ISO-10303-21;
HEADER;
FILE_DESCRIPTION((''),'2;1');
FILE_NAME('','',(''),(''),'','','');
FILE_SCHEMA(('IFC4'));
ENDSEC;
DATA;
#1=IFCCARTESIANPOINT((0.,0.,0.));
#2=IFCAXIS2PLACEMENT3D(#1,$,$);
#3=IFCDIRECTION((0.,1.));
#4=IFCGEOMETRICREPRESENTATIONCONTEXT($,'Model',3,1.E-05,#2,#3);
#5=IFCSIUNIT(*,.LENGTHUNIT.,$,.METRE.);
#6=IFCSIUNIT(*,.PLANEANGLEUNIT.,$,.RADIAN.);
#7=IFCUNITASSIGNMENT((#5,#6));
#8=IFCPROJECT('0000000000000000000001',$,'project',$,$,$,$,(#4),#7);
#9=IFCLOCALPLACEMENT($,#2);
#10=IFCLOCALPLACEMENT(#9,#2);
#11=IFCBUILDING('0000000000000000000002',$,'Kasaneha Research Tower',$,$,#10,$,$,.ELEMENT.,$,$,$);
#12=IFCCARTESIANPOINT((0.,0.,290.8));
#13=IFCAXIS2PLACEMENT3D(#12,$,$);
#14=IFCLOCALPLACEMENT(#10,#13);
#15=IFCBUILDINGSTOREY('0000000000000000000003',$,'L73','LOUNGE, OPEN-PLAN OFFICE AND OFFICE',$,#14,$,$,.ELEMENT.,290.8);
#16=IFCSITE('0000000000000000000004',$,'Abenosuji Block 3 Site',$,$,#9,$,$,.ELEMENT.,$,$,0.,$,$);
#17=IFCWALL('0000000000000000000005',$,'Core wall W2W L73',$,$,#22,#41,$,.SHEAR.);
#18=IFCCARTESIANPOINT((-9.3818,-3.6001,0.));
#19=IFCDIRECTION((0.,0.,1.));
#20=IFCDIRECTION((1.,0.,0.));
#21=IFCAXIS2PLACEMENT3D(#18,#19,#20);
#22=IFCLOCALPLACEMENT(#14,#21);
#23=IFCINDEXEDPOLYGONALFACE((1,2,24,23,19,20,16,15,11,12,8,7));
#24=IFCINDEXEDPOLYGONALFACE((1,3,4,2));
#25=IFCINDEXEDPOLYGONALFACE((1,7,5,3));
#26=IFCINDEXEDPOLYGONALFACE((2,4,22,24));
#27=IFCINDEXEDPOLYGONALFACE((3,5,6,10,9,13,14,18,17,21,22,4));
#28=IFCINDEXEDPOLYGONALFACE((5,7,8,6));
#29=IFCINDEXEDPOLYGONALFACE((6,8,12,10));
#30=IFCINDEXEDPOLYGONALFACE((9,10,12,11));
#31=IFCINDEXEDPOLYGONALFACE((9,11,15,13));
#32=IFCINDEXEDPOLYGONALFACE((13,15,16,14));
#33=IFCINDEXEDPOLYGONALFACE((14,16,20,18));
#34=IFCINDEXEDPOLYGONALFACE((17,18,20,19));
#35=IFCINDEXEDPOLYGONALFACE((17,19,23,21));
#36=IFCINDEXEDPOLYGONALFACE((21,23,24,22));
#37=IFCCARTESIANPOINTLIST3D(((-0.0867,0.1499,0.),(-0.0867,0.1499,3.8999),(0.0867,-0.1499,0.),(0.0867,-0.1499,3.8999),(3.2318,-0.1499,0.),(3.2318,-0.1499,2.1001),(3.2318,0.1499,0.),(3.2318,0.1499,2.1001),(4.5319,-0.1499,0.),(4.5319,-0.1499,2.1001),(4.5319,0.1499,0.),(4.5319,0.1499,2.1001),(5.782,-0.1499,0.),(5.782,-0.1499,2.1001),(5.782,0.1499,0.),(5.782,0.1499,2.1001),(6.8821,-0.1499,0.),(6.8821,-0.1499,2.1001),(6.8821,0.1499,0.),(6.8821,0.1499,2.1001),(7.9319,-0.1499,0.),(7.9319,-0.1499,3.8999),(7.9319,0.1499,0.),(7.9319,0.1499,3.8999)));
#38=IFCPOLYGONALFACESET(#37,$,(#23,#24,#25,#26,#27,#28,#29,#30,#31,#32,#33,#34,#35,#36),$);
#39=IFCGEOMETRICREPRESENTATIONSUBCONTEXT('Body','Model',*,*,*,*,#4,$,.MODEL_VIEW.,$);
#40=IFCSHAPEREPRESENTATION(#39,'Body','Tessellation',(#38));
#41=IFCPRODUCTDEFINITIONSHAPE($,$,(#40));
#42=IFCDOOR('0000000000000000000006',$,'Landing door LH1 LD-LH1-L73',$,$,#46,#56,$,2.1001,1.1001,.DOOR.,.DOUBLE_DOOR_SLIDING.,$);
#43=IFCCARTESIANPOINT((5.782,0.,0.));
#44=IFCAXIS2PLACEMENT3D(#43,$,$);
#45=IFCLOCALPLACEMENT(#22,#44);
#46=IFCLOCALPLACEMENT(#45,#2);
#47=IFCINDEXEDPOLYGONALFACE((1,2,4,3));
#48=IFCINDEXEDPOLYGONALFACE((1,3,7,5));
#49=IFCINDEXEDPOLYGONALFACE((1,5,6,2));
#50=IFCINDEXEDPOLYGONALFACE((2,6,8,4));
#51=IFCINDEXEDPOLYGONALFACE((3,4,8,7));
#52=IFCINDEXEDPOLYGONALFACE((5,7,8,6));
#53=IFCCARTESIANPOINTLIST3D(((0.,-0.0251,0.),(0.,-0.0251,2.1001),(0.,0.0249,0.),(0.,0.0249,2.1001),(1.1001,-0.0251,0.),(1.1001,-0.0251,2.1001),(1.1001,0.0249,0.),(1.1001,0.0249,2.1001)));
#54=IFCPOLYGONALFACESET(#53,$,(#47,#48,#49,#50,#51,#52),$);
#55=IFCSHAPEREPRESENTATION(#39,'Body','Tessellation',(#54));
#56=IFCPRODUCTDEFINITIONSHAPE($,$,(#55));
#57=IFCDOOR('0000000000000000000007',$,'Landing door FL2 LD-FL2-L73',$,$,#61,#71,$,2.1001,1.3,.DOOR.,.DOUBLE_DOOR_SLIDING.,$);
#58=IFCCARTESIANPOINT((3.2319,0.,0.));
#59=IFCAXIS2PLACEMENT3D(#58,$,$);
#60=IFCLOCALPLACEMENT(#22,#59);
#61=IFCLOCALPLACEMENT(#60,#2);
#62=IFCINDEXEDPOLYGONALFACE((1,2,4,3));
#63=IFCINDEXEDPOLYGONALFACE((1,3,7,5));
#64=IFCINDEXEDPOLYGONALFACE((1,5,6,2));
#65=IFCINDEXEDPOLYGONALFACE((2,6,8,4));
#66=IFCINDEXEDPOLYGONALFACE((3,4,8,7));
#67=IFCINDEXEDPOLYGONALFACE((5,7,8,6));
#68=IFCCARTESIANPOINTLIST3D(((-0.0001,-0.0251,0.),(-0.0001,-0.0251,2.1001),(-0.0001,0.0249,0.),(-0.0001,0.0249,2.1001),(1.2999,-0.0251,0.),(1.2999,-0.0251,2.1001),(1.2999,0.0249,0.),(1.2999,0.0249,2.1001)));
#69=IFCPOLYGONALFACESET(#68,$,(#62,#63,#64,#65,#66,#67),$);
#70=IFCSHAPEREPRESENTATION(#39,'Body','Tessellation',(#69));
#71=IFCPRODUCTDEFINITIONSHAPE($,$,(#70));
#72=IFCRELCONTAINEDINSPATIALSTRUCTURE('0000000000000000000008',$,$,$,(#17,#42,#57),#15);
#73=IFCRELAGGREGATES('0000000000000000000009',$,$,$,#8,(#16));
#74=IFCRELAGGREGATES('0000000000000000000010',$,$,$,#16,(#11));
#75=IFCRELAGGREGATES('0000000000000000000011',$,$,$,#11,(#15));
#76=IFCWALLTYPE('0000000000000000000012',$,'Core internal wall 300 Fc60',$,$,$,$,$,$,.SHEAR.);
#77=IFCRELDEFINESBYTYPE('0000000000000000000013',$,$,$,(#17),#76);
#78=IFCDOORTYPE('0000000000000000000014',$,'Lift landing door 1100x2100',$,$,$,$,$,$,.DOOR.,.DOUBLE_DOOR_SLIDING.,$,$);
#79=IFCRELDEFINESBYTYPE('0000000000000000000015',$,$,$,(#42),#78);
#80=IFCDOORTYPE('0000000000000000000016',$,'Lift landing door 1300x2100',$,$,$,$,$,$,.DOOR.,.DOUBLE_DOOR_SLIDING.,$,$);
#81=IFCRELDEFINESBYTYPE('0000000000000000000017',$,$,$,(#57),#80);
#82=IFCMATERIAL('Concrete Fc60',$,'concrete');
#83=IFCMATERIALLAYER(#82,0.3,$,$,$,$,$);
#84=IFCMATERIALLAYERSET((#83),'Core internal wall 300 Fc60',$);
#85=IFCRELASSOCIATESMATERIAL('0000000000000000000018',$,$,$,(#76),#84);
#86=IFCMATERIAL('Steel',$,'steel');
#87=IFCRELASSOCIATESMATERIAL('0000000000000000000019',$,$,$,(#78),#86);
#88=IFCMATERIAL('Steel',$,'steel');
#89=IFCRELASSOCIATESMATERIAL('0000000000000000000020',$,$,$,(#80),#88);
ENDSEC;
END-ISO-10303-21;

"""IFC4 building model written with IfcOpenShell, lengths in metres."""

from ifc_helpers import new_model, si_unit, direction, frame, frame_2d, origin, place, context, subcontext, project, spatial, polyline, rectangle, outline, extrude, material, layer, layer_set, type_object, element, fill, save


model = new_model("IFC4")

# Units and contexts
model_context = context("Model", 3, precision=1e-05, world=origin(), true_north=direction((0.0, 1.0)))
body_context = subcontext(model_context, "Body", "Model", "MODEL_VIEW")
ifc_project = project(units=[si_unit("LENGTHUNIT", "METRE"), si_unit("PLANEANGLEUNIT", "RADIAN")], contexts=[model_context])

# Site, building, storey
site_placement = place(None, origin())
site = spatial("IfcSite", under=ifc_project, at=site_placement, Name="Abenosuji Block 3 Site", CompositionType="ELEMENT", RefElevation=0.0)
building_placement = place(site_placement, origin())
building = spatial("IfcBuilding", under=site, at=building_placement, Name="Kasaneha Research Tower", CompositionType="ELEMENT")
storey_placement = place(building_placement, frame((0.0, 0.0, 290.8)))
storey = spatial("IfcBuildingStorey", under=building, at=storey_placement, Name="L73", Description="LOUNGE, OPEN-PLAN OFFICE AND OFFICE", CompositionType="ELEMENT", Elevation=290.8)

# Wall, openings, doors
ifc_material_1 = material(Name="Concrete Fc60", Category="concrete")
ifc_layer_1 = layer(ifc_material_1, 0.3)
ifc_layer_set_1 = layer_set([ifc_layer_1], Name="Core internal wall 300 Fc60")
wall_type_1 = type_object("IfcWallType", Name="Core internal wall 300 Fc60", PredefinedType="SHEAR", material=ifc_layer_set_1)
wall_1_placement = place(storey_placement, frame((-9.3818, -3.6001, 0.0), z_axis=(0.0, 0.0, 1.0), x_axis=(1.0, 0.0, 0.0)))
wall_1 = element("IfcWall", 1, at=wall_1_placement, inside=storey, type_object=wall_type_1, Name="Core wall W2W L73", PredefinedType="SHEAR", context=body_context, shape_type="SweptSolid", body=[
    extrude(outline(polyline([(0.0867, -0.1499), (3.2319, -0.1499), (4.532, -0.1499), (5.782, -0.1499), (6.8821, -0.1499), (7.9319, -0.1499), (7.9319, 0.1499), (6.8821, 0.1499), (5.782, 0.1499), (4.532, 0.1499), (3.2319, 0.1499), (-0.0867, 0.1499), (0.0867, -0.1499)])), origin(), (0.0, 0.0, 1.0), 3.8999),
])
opening_1_placement = place(wall_1_placement, frame((5.782, 0.0, 0.0)))
opening_1 = element("IfcOpeningElement", 2, at=opening_1_placement, cuts=wall_1, PredefinedType="OPENING", context=body_context, shape_type="SweptSolid", body=[
    extrude(rectangle(XDim=1.1001, YDim=2.1001, at=frame_2d((0.55, 1.05))), frame((0.0, 0.1602, 0.0), z_axis=(0.0, -1.0, 0.0), x_axis=(1.0, 0.0, 0.0)), (0.0, 0.0, 1.0), 0.3201),
])
opening_2_placement = place(wall_1_placement, frame((3.2319, 0.0, 0.0)))
opening_2 = element("IfcOpeningElement", 3, at=opening_2_placement, cuts=wall_1, PredefinedType="OPENING", context=body_context, shape_type="SweptSolid", body=[
    extrude(rectangle(XDim=1.3, YDim=2.1001, at=frame_2d((0.6499, 1.05))), frame((0.0, 0.1602, 0.0), z_axis=(0.0, -1.0, 0.0), x_axis=(1.0, 0.0, 0.0)), (0.0, 0.0, 1.0), 0.3201),
])
ifc_material_2 = material(Name="Steel", Category="steel")
door_type_1 = type_object("IfcDoorType", Name="Lift landing door 1100x2100", OperationType="DOUBLE_DOOR_SLIDING", PredefinedType="DOOR", material=ifc_material_2)
door_1_placement = place(opening_1_placement, origin())
door_1 = element("IfcDoor", 4, at=door_1_placement, inside=storey, type_object=door_type_1, Name="Landing door LH1 LD-LH1-L73", OperationType="DOUBLE_DOOR_SLIDING", OverallHeight=2.1001, OverallWidth=1.1001, PredefinedType="DOOR", context=body_context, shape_type="SweptSolid", body=[
    extrude(rectangle(XDim=1.1001, YDim=2.1001, at=frame_2d((0.55, 1.05))), frame((0.0, 0.0249, 0.0), z_axis=(0.0, -1.0, 0.0), x_axis=(1.0, 0.0, 0.0)), (0.0, 0.0, 1.0), 0.05),
])
fill(opening_1, door_1)
ifc_material_3 = material(Name="Steel", Category="steel")
door_type_2 = type_object("IfcDoorType", Name="Lift landing door 1300x2100", OperationType="DOUBLE_DOOR_SLIDING", PredefinedType="DOOR", material=ifc_material_3)
door_2_placement = place(opening_2_placement, origin())
door_2 = element("IfcDoor", 5, at=door_2_placement, inside=storey, type_object=door_type_2, Name="Landing door FL2 LD-FL2-L73", OperationType="DOUBLE_DOOR_SLIDING", OverallHeight=2.1001, OverallWidth=1.3, PredefinedType="DOOR", context=body_context, shape_type="SweptSolid", body=[
    extrude(rectangle(XDim=1.3, YDim=2.1001, at=frame_2d((0.6499, 1.05))), frame((0.0, 0.0249, 0.0), z_axis=(0.0, -1.0, 0.0), x_axis=(1.0, 0.0, 0.0)), (0.0, 0.0, 1.0), 0.05),
])
fill(opening_2, door_2)

save(model, "model.ifc")
